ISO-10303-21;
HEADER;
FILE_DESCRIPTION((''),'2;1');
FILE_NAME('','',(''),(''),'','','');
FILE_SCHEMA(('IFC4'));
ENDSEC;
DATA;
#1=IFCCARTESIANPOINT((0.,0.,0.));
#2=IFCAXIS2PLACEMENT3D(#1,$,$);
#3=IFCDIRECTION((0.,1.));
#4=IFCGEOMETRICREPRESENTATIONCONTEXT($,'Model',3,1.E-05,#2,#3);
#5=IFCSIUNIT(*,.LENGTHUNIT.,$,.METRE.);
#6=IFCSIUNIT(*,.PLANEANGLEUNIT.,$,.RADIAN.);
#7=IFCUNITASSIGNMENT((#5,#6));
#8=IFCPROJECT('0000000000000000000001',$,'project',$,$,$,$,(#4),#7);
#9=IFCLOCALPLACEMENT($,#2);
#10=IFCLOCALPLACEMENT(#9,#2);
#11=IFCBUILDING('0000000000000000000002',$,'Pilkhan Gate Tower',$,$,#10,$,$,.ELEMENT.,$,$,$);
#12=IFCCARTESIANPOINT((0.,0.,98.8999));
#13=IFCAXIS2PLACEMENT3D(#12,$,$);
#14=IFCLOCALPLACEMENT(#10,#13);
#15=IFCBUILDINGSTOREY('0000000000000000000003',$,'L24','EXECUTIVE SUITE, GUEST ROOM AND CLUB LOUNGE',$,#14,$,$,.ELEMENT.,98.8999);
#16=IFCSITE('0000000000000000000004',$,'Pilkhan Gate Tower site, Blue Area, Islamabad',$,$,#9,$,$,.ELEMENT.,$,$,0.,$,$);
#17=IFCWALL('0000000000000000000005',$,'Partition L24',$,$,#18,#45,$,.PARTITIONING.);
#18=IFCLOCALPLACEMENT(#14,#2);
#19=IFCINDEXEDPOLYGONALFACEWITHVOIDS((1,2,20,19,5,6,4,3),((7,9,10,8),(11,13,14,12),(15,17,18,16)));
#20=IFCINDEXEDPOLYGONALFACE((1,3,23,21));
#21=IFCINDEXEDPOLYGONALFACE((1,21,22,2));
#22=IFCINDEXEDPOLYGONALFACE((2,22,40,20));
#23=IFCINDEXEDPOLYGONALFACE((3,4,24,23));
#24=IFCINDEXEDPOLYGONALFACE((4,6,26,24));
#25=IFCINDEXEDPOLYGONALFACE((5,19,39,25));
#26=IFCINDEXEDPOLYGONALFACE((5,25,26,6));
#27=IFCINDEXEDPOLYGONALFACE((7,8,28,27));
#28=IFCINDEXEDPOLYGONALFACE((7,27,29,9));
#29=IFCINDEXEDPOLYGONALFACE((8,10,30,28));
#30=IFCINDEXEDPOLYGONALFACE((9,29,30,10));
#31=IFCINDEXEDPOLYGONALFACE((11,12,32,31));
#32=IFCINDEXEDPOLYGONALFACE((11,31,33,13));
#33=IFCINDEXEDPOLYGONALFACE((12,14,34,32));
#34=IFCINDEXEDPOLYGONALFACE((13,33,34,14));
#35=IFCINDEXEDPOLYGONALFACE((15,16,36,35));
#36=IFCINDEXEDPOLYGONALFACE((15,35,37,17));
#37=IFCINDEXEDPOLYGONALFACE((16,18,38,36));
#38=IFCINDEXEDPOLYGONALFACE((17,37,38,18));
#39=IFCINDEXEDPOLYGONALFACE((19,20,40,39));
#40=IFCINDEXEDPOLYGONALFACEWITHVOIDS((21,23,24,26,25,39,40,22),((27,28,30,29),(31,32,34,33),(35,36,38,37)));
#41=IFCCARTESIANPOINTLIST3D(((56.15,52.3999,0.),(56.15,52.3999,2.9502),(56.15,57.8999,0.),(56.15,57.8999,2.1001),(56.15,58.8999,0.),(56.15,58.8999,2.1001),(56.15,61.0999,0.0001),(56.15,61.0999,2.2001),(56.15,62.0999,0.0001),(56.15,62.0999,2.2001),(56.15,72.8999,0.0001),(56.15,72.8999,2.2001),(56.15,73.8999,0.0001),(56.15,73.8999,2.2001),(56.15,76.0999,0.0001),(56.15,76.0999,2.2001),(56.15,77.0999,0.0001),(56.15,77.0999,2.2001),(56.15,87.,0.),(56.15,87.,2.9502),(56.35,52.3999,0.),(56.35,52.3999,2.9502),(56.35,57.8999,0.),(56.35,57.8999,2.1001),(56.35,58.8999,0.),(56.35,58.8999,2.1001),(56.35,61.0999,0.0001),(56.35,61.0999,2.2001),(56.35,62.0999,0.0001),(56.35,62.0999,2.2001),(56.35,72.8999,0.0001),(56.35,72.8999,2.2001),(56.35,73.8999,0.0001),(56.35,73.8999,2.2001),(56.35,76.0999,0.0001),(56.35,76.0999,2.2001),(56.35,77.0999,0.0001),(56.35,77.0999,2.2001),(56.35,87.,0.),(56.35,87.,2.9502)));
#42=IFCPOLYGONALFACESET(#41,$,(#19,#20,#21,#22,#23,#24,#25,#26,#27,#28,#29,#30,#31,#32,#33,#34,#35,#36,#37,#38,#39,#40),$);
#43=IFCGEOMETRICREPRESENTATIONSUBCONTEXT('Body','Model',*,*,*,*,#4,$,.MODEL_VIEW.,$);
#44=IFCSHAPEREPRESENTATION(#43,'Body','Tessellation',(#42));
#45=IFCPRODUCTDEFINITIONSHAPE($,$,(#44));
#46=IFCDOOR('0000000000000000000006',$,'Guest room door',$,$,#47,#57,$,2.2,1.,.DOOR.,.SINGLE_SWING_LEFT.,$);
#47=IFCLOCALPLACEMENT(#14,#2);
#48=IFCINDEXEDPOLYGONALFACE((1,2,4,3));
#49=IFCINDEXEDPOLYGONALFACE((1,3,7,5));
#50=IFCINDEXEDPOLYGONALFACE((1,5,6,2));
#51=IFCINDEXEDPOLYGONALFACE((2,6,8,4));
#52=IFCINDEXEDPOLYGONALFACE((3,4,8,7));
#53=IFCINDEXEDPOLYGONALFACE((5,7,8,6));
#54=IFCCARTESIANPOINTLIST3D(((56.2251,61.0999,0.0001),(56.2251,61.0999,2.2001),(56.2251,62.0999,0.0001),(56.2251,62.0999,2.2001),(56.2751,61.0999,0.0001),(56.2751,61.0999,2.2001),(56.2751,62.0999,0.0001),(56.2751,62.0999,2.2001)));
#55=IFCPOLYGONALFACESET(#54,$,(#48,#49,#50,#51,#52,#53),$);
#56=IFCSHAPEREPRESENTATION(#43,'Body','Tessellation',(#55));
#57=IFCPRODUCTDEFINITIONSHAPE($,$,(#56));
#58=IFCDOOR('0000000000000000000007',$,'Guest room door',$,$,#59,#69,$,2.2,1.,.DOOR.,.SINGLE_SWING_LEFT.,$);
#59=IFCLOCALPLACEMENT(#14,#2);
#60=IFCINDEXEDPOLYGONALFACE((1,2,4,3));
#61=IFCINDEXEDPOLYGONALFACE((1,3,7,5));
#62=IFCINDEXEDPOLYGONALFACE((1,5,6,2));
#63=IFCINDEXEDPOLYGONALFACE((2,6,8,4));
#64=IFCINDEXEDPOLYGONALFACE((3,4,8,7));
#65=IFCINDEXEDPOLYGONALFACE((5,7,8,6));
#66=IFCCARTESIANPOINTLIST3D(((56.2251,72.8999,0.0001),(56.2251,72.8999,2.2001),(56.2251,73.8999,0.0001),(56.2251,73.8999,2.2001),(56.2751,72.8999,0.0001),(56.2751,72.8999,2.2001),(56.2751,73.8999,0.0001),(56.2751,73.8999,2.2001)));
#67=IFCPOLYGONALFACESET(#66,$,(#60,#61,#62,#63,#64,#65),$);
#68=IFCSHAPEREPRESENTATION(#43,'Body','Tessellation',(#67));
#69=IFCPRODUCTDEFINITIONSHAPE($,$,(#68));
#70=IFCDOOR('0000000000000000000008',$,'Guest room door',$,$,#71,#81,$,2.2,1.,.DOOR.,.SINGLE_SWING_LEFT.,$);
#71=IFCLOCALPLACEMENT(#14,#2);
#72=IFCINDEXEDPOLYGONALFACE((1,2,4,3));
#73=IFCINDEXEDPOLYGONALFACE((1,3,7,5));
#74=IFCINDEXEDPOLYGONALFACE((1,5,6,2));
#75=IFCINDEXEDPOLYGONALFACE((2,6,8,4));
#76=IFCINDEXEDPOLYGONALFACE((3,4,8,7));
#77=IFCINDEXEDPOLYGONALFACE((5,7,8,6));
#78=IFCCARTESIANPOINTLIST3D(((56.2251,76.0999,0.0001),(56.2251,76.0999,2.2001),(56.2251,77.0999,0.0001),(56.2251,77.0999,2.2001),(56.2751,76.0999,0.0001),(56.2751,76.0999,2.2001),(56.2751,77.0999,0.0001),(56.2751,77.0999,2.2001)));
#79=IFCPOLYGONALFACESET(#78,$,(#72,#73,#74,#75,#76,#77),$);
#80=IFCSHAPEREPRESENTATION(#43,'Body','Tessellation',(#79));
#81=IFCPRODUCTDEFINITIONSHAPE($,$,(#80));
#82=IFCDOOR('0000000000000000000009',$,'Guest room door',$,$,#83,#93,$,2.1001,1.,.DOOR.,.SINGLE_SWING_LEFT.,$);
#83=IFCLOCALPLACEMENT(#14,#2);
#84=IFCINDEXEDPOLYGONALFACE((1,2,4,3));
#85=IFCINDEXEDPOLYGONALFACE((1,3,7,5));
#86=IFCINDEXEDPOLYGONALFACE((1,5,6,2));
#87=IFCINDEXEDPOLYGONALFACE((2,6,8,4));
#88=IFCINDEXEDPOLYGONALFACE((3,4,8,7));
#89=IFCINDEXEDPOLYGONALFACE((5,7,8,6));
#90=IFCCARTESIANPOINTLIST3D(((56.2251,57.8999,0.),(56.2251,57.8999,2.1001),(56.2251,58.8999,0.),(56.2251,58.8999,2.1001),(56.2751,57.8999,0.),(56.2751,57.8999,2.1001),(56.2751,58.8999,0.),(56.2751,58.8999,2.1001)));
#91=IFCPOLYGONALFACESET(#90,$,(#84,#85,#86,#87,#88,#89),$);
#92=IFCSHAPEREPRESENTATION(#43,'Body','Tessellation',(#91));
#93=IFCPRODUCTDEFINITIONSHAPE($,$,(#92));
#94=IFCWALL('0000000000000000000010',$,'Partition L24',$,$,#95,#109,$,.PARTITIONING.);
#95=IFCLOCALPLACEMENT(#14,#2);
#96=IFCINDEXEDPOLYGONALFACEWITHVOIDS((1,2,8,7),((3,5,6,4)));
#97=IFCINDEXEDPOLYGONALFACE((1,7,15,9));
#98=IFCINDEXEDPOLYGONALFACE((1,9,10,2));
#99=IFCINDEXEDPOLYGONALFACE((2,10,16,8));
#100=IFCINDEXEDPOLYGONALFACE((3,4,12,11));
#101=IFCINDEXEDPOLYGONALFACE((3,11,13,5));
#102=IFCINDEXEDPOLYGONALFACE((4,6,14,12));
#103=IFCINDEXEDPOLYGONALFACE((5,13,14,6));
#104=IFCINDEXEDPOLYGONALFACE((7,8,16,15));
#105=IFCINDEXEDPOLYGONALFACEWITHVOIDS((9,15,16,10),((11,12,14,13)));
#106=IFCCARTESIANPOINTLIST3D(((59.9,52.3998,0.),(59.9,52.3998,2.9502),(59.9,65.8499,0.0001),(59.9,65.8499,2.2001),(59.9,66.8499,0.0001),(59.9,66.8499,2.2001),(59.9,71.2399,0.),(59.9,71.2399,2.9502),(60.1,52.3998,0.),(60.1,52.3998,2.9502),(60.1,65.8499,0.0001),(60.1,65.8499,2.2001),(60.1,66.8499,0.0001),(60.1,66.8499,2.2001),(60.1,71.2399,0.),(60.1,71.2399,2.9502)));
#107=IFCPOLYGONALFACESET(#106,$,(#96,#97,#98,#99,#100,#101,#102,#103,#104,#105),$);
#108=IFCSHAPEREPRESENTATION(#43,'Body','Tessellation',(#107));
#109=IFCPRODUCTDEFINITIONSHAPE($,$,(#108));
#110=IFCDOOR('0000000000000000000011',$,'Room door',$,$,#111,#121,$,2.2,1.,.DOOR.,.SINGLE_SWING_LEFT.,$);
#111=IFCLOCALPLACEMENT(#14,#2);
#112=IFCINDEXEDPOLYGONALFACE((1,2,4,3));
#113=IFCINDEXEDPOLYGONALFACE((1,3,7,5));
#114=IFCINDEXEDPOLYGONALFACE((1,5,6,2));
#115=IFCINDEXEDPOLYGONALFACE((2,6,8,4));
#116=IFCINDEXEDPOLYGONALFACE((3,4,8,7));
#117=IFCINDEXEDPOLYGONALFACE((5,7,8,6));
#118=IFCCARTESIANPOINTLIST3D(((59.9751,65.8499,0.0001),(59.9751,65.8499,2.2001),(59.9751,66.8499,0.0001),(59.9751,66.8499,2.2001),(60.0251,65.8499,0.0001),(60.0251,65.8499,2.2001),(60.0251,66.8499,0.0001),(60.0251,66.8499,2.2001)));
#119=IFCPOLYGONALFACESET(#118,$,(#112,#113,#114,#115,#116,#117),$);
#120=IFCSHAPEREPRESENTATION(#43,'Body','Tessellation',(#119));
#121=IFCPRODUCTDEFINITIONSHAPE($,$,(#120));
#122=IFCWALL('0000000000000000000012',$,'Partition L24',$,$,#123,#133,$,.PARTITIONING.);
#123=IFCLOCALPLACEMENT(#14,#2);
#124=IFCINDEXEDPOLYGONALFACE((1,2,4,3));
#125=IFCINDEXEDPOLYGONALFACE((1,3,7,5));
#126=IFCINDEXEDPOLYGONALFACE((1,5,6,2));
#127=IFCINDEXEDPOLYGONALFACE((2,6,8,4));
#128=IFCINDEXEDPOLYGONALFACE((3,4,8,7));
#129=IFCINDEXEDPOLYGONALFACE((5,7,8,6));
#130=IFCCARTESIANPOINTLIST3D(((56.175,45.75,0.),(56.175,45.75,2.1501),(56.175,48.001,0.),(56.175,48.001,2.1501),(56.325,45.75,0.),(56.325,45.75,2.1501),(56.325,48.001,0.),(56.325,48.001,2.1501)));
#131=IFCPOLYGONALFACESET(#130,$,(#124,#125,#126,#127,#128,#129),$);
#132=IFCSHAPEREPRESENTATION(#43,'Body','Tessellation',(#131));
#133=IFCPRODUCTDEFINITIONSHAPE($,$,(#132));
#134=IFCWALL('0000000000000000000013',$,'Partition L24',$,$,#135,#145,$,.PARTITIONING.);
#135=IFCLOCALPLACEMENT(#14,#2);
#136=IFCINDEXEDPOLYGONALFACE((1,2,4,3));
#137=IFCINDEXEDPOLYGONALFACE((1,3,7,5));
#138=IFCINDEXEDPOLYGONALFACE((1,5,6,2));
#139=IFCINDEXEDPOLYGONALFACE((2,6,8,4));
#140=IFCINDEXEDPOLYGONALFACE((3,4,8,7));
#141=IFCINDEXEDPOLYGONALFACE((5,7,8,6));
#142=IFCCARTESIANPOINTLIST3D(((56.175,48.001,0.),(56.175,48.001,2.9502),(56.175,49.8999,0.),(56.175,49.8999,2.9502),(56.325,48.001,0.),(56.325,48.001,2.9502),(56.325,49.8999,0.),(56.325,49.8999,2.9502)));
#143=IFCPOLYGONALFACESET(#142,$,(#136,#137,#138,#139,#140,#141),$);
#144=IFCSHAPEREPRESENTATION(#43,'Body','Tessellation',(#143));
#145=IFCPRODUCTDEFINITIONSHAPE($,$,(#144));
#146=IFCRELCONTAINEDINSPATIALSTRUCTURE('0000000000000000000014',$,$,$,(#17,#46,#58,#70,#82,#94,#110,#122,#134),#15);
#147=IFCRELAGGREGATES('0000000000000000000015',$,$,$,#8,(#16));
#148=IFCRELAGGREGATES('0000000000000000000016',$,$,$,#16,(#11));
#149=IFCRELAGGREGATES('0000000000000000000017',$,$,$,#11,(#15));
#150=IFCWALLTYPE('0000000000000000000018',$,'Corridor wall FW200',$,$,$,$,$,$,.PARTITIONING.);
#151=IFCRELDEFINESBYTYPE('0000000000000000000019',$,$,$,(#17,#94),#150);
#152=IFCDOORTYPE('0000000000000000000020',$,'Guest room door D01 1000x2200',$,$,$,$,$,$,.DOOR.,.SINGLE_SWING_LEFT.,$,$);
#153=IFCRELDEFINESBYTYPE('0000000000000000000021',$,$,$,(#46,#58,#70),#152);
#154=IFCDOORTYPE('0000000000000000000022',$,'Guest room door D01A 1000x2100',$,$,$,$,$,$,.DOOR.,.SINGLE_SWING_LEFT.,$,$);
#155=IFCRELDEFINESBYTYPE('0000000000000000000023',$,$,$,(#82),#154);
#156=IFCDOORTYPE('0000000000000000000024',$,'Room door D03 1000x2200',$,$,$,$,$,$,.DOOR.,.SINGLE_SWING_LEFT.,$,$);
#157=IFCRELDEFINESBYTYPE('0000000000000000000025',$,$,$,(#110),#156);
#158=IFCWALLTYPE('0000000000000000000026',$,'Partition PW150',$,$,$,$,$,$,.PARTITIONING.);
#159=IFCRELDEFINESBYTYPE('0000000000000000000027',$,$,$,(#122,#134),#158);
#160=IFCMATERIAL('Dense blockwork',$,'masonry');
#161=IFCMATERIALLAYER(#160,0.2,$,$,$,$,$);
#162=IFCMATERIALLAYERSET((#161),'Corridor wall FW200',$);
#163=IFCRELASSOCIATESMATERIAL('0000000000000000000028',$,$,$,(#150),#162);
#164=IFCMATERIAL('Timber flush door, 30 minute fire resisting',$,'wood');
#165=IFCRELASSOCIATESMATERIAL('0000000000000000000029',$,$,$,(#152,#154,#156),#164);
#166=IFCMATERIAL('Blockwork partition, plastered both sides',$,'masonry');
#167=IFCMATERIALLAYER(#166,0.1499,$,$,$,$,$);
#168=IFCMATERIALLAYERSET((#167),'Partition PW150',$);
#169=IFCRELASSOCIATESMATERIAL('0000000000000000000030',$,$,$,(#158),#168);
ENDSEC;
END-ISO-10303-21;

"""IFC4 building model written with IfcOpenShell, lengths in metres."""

from ifc_helpers import new_model, si_unit, direction, frame, frame_2d, origin, place, context, subcontext, project, spatial, rectangle, extrude, material, layer, layer_set, type_object, element, fill, save


model = new_model("IFC4")

# Units and contexts
model_context = context("Model", 3, precision=1e-05, world=origin(), true_north=direction((0.0, 1.0)))
body_context = subcontext(model_context, "Body", "Model", "MODEL_VIEW")
ifc_project = project(units=[si_unit("LENGTHUNIT", "METRE"), si_unit("PLANEANGLEUNIT", "RADIAN")], contexts=[model_context])

# Site, building, storey
site_placement = place(None, origin())
site = spatial("IfcSite", under=ifc_project, at=site_placement, Name="Pilkhan Gate Tower site, Blue Area, Islamabad", CompositionType="ELEMENT", RefElevation=0.0)
building_placement = place(site_placement, origin())
building = spatial("IfcBuilding", under=site, at=building_placement, Name="Pilkhan Gate Tower", CompositionType="ELEMENT")
storey_placement = place(building_placement, frame((0.0, 0.0, 98.8999)))
storey = spatial("IfcBuildingStorey", under=building, at=storey_placement, Name="L24", Description="EXECUTIVE SUITE, GUEST ROOM AND CLUB LOUNGE", CompositionType="ELEMENT", Elevation=98.8999)

# Shared definitions
ifc_material_1 = material(Name="Dense blockwork", Category="masonry")

# Wall, openings, doors
ifc_layer_1 = layer(ifc_material_1, 0.2)
ifc_layer_set_1 = layer_set([ifc_layer_1], Name="Corridor wall FW200")
wall_type_1 = type_object("IfcWallType", Name="Corridor wall FW200", PredefinedType="PARTITIONING", material=ifc_layer_set_1)
wall_1_placement = place(storey_placement, frame((56.25, 52.3999, 0.0), z_axis=(0.0, 0.0, 1.0), x_axis=(0.0, 1.0, 0.0)))
wall_1 = element("IfcWall", 1, at=wall_1_placement, inside=storey, type_object=wall_type_1, Name="Partition L24", PredefinedType="PARTITIONING", context=body_context, shape_type="SweptSolid", body=[
    extrude(rectangle(XDim=34.6001, YDim=0.2, at=frame_2d((17.3, 0.0))), origin(), (0.0, 0.0, 1.0), 2.9502),
])
opening_1_placement = place(wall_1_placement, frame((5.5, 0.0, 0.0)))
opening_1 = element("IfcOpeningElement", 2, at=opening_1_placement, cuts=wall_1, PredefinedType="OPENING", context=body_context, shape_type="SweptSolid", body=[
    extrude(rectangle(XDim=1.0, YDim=2.1001, at=frame_2d((0.5, 1.05))), frame((0.0, 0.1099, 0.0), z_axis=(0.0, -1.0, 0.0), x_axis=(1.0, 0.0, 0.0)), (0.0, 0.0, 1.0), 0.22),
])
opening_2_placement = place(wall_1_placement, frame((8.7, 0.0, 0.0)))
opening_2 = element("IfcOpeningElement", 3, at=opening_2_placement, cuts=wall_1, PredefinedType="OPENING", context=body_context, shape_type="SweptSolid", body=[
    extrude(rectangle(XDim=1.0, YDim=2.2, at=frame_2d((0.5, 1.1001))), frame((0.0, 0.1099, 0.0), z_axis=(0.0, -1.0, 0.0), x_axis=(1.0, 0.0, 0.0)), (0.0, 0.0, 1.0), 0.22),
])
opening_3_placement = place(wall_1_placement, frame((20.5, 0.0, 0.0)))
opening_3 = element("IfcOpeningElement", 4, at=opening_3_placement, cuts=wall_1, PredefinedType="OPENING", context=body_context, shape_type="SweptSolid", body=[
    extrude(rectangle(XDim=1.0, YDim=2.2, at=frame_2d((0.5, 1.1001))), frame((0.0, 0.1099, 0.0), z_axis=(0.0, -1.0, 0.0), x_axis=(1.0, 0.0, 0.0)), (0.0, 0.0, 1.0), 0.22),
])
opening_4_placement = place(wall_1_placement, frame((23.7, 0.0, 0.0)))
opening_4 = element("IfcOpeningElement", 5, at=opening_4_placement, cuts=wall_1, PredefinedType="OPENING", context=body_context, shape_type="SweptSolid", body=[
    extrude(rectangle(XDim=1.0, YDim=2.2, at=frame_2d((0.5, 1.1001))), frame((0.0, 0.1099, 0.0), z_axis=(0.0, -1.0, 0.0), x_axis=(1.0, 0.0, 0.0)), (0.0, 0.0, 1.0), 0.22),
])
ifc_material_2 = material(Name="Timber flush door, 30 minute fire resisting", Category="wood")
door_type_1 = type_object("IfcDoorType", Name="Guest room door D01 1000x2200", OperationType="SINGLE_SWING_LEFT", PredefinedType="DOOR", material=ifc_material_2)
door_1_placement = place(opening_2_placement, origin())
door_1 = element("IfcDoor", 6, at=door_1_placement, inside=storey, type_object=door_type_1, Name="Guest room door", OperationType="SINGLE_SWING_LEFT", OverallHeight=2.2, OverallWidth=1.0, PredefinedType="DOOR", context=body_context, shape_type="SweptSolid", body=[
    extrude(rectangle(XDim=1.0, YDim=2.2, at=frame_2d((0.5, 1.1001))), frame((0.0, 0.0249, 0.0), z_axis=(0.0, -1.0, 0.0), x_axis=(1.0, 0.0, 0.0)), (0.0, 0.0, 1.0), 0.05),
])
fill(opening_2, door_1)
door_2_placement = place(opening_3_placement, origin())
door_2 = element("IfcDoor", 7, at=door_2_placement, inside=storey, type_object=door_type_1, Name="Guest room door", OperationType="SINGLE_SWING_LEFT", OverallHeight=2.2, OverallWidth=1.0, PredefinedType="DOOR", context=body_context, shape_type="SweptSolid", body=[
    extrude(rectangle(XDim=1.0, YDim=2.2, at=frame_2d((0.5, 1.1001))), frame((0.0, 0.0249, 0.0), z_axis=(0.0, -1.0, 0.0), x_axis=(1.0, 0.0, 0.0)), (0.0, 0.0, 1.0), 0.05),
])
fill(opening_3, door_2)
door_3_placement = place(opening_4_placement, origin())
door_3 = element("IfcDoor", 8, at=door_3_placement, inside=storey, type_object=door_type_1, Name="Guest room door", OperationType="SINGLE_SWING_LEFT", OverallHeight=2.2, OverallWidth=1.0, PredefinedType="DOOR", context=body_context, shape_type="SweptSolid", body=[
    extrude(rectangle(XDim=1.0, YDim=2.2, at=frame_2d((0.5, 1.1001))), frame((0.0, 0.0249, 0.0), z_axis=(0.0, -1.0, 0.0), x_axis=(1.0, 0.0, 0.0)), (0.0, 0.0, 1.0), 0.05),
])
fill(opening_4, door_3)
door_type_2 = type_object("IfcDoorType", Name="Guest room door D01A 1000x2100", OperationType="SINGLE_SWING_LEFT", PredefinedType="DOOR", material=ifc_material_2)
door_4_placement = place(opening_1_placement, origin())
door_4 = element("IfcDoor", 9, at=door_4_placement, inside=storey, type_object=door_type_2, Name="Guest room door", OperationType="SINGLE_SWING_LEFT", OverallHeight=2.1001, OverallWidth=1.0, PredefinedType="DOOR", context=body_context, shape_type="SweptSolid", body=[
    extrude(rectangle(XDim=1.0, YDim=2.1001, at=frame_2d((0.5, 1.05))), frame((0.0, 0.0249, 0.0), z_axis=(0.0, -1.0, 0.0), x_axis=(1.0, 0.0, 0.0)), (0.0, 0.0, 1.0), 0.05),
])
fill(opening_1, door_4)

# Wall, opening, door
wall_2_placement = place(storey_placement, frame((60.0, 52.3999, 0.0), z_axis=(0.0, 0.0, 1.0), x_axis=(0.0, 1.0, 0.0)))
wall_2 = element("IfcWall", 10, at=wall_2_placement, inside=storey, type_object=wall_type_1, Name="Partition L24", PredefinedType="PARTITIONING", context=body_context, shape_type="SweptSolid", body=[
    extrude(rectangle(XDim=18.8401, YDim=0.2, at=frame_2d((9.4199, 0.0))), origin(), (0.0, 0.0, 1.0), 2.9502),
])
opening_5_placement = place(wall_2_placement, frame((13.45, 0.0, 0.0)))
opening_5 = element("IfcOpeningElement", 11, at=opening_5_placement, cuts=wall_2, PredefinedType="OPENING", context=body_context, shape_type="SweptSolid", body=[
    extrude(rectangle(XDim=1.0, YDim=2.2, at=frame_2d((0.5, 1.1001))), frame((0.0, 0.1099, 0.0), z_axis=(0.0, -1.0, 0.0), x_axis=(1.0, 0.0, 0.0)), (0.0, 0.0, 1.0), 0.22),
])
door_type_3 = type_object("IfcDoorType", Name="Room door D03 1000x2200", OperationType="SINGLE_SWING_LEFT", PredefinedType="DOOR", material=ifc_material_2)
door_5_placement = place(opening_5_placement, origin())
door_5 = element("IfcDoor", 12, at=door_5_placement, inside=storey, type_object=door_type_3, Name="Room door", OperationType="SINGLE_SWING_LEFT", OverallHeight=2.2, OverallWidth=1.0, PredefinedType="DOOR", context=body_context, shape_type="SweptSolid", body=[
    extrude(rectangle(XDim=1.0, YDim=2.2, at=frame_2d((0.5, 1.1001))), frame((0.0, 0.0249, 0.0), z_axis=(0.0, -1.0, 0.0), x_axis=(1.0, 0.0, 0.0)), (0.0, 0.0, 1.0), 0.05),
])
fill(opening_5, door_5)

# Walls
ifc_material_3 = material(Name="Blockwork partition, plastered both sides", Category="masonry")
ifc_layer_2 = layer(ifc_material_3, 0.1499)
ifc_layer_set_2 = layer_set([ifc_layer_2], Name="Partition PW150")
wall_type_2 = type_object("IfcWallType", Name="Partition PW150", PredefinedType="PARTITIONING", material=ifc_layer_set_2)
wall_3_placement = place(storey_placement, frame((56.25, 45.75, 0.0), z_axis=(0.0, 0.0, 1.0), x_axis=(0.0, 1.0, 0.0)))
element("IfcWall", 13, at=wall_3_placement, inside=storey, type_object=wall_type_2, Name="Partition L24", PredefinedType="PARTITIONING", context=body_context, shape_type="SweptSolid", body=[
    extrude(rectangle(XDim=2.251, YDim=0.1499, at=frame_2d((1.1255, 0.0))), origin(), (0.0, 0.0, 1.0), 2.1501),
])
wall_4_placement = place(storey_placement, frame((56.25, 48.001, 0.0), z_axis=(0.0, 0.0, 1.0), x_axis=(0.0, 1.0, 0.0)))
element("IfcWall", 14, at=wall_4_placement, inside=storey, type_object=wall_type_2, Name="Partition L24", PredefinedType="PARTITIONING", context=body_context, shape_type="SweptSolid", body=[
    extrude(rectangle(XDim=1.8989, YDim=0.1499, at=frame_2d((0.9495, 0.0))), origin(), (0.0, 0.0, 1.0), 2.9502),
])

save(model, "model.ifc")
